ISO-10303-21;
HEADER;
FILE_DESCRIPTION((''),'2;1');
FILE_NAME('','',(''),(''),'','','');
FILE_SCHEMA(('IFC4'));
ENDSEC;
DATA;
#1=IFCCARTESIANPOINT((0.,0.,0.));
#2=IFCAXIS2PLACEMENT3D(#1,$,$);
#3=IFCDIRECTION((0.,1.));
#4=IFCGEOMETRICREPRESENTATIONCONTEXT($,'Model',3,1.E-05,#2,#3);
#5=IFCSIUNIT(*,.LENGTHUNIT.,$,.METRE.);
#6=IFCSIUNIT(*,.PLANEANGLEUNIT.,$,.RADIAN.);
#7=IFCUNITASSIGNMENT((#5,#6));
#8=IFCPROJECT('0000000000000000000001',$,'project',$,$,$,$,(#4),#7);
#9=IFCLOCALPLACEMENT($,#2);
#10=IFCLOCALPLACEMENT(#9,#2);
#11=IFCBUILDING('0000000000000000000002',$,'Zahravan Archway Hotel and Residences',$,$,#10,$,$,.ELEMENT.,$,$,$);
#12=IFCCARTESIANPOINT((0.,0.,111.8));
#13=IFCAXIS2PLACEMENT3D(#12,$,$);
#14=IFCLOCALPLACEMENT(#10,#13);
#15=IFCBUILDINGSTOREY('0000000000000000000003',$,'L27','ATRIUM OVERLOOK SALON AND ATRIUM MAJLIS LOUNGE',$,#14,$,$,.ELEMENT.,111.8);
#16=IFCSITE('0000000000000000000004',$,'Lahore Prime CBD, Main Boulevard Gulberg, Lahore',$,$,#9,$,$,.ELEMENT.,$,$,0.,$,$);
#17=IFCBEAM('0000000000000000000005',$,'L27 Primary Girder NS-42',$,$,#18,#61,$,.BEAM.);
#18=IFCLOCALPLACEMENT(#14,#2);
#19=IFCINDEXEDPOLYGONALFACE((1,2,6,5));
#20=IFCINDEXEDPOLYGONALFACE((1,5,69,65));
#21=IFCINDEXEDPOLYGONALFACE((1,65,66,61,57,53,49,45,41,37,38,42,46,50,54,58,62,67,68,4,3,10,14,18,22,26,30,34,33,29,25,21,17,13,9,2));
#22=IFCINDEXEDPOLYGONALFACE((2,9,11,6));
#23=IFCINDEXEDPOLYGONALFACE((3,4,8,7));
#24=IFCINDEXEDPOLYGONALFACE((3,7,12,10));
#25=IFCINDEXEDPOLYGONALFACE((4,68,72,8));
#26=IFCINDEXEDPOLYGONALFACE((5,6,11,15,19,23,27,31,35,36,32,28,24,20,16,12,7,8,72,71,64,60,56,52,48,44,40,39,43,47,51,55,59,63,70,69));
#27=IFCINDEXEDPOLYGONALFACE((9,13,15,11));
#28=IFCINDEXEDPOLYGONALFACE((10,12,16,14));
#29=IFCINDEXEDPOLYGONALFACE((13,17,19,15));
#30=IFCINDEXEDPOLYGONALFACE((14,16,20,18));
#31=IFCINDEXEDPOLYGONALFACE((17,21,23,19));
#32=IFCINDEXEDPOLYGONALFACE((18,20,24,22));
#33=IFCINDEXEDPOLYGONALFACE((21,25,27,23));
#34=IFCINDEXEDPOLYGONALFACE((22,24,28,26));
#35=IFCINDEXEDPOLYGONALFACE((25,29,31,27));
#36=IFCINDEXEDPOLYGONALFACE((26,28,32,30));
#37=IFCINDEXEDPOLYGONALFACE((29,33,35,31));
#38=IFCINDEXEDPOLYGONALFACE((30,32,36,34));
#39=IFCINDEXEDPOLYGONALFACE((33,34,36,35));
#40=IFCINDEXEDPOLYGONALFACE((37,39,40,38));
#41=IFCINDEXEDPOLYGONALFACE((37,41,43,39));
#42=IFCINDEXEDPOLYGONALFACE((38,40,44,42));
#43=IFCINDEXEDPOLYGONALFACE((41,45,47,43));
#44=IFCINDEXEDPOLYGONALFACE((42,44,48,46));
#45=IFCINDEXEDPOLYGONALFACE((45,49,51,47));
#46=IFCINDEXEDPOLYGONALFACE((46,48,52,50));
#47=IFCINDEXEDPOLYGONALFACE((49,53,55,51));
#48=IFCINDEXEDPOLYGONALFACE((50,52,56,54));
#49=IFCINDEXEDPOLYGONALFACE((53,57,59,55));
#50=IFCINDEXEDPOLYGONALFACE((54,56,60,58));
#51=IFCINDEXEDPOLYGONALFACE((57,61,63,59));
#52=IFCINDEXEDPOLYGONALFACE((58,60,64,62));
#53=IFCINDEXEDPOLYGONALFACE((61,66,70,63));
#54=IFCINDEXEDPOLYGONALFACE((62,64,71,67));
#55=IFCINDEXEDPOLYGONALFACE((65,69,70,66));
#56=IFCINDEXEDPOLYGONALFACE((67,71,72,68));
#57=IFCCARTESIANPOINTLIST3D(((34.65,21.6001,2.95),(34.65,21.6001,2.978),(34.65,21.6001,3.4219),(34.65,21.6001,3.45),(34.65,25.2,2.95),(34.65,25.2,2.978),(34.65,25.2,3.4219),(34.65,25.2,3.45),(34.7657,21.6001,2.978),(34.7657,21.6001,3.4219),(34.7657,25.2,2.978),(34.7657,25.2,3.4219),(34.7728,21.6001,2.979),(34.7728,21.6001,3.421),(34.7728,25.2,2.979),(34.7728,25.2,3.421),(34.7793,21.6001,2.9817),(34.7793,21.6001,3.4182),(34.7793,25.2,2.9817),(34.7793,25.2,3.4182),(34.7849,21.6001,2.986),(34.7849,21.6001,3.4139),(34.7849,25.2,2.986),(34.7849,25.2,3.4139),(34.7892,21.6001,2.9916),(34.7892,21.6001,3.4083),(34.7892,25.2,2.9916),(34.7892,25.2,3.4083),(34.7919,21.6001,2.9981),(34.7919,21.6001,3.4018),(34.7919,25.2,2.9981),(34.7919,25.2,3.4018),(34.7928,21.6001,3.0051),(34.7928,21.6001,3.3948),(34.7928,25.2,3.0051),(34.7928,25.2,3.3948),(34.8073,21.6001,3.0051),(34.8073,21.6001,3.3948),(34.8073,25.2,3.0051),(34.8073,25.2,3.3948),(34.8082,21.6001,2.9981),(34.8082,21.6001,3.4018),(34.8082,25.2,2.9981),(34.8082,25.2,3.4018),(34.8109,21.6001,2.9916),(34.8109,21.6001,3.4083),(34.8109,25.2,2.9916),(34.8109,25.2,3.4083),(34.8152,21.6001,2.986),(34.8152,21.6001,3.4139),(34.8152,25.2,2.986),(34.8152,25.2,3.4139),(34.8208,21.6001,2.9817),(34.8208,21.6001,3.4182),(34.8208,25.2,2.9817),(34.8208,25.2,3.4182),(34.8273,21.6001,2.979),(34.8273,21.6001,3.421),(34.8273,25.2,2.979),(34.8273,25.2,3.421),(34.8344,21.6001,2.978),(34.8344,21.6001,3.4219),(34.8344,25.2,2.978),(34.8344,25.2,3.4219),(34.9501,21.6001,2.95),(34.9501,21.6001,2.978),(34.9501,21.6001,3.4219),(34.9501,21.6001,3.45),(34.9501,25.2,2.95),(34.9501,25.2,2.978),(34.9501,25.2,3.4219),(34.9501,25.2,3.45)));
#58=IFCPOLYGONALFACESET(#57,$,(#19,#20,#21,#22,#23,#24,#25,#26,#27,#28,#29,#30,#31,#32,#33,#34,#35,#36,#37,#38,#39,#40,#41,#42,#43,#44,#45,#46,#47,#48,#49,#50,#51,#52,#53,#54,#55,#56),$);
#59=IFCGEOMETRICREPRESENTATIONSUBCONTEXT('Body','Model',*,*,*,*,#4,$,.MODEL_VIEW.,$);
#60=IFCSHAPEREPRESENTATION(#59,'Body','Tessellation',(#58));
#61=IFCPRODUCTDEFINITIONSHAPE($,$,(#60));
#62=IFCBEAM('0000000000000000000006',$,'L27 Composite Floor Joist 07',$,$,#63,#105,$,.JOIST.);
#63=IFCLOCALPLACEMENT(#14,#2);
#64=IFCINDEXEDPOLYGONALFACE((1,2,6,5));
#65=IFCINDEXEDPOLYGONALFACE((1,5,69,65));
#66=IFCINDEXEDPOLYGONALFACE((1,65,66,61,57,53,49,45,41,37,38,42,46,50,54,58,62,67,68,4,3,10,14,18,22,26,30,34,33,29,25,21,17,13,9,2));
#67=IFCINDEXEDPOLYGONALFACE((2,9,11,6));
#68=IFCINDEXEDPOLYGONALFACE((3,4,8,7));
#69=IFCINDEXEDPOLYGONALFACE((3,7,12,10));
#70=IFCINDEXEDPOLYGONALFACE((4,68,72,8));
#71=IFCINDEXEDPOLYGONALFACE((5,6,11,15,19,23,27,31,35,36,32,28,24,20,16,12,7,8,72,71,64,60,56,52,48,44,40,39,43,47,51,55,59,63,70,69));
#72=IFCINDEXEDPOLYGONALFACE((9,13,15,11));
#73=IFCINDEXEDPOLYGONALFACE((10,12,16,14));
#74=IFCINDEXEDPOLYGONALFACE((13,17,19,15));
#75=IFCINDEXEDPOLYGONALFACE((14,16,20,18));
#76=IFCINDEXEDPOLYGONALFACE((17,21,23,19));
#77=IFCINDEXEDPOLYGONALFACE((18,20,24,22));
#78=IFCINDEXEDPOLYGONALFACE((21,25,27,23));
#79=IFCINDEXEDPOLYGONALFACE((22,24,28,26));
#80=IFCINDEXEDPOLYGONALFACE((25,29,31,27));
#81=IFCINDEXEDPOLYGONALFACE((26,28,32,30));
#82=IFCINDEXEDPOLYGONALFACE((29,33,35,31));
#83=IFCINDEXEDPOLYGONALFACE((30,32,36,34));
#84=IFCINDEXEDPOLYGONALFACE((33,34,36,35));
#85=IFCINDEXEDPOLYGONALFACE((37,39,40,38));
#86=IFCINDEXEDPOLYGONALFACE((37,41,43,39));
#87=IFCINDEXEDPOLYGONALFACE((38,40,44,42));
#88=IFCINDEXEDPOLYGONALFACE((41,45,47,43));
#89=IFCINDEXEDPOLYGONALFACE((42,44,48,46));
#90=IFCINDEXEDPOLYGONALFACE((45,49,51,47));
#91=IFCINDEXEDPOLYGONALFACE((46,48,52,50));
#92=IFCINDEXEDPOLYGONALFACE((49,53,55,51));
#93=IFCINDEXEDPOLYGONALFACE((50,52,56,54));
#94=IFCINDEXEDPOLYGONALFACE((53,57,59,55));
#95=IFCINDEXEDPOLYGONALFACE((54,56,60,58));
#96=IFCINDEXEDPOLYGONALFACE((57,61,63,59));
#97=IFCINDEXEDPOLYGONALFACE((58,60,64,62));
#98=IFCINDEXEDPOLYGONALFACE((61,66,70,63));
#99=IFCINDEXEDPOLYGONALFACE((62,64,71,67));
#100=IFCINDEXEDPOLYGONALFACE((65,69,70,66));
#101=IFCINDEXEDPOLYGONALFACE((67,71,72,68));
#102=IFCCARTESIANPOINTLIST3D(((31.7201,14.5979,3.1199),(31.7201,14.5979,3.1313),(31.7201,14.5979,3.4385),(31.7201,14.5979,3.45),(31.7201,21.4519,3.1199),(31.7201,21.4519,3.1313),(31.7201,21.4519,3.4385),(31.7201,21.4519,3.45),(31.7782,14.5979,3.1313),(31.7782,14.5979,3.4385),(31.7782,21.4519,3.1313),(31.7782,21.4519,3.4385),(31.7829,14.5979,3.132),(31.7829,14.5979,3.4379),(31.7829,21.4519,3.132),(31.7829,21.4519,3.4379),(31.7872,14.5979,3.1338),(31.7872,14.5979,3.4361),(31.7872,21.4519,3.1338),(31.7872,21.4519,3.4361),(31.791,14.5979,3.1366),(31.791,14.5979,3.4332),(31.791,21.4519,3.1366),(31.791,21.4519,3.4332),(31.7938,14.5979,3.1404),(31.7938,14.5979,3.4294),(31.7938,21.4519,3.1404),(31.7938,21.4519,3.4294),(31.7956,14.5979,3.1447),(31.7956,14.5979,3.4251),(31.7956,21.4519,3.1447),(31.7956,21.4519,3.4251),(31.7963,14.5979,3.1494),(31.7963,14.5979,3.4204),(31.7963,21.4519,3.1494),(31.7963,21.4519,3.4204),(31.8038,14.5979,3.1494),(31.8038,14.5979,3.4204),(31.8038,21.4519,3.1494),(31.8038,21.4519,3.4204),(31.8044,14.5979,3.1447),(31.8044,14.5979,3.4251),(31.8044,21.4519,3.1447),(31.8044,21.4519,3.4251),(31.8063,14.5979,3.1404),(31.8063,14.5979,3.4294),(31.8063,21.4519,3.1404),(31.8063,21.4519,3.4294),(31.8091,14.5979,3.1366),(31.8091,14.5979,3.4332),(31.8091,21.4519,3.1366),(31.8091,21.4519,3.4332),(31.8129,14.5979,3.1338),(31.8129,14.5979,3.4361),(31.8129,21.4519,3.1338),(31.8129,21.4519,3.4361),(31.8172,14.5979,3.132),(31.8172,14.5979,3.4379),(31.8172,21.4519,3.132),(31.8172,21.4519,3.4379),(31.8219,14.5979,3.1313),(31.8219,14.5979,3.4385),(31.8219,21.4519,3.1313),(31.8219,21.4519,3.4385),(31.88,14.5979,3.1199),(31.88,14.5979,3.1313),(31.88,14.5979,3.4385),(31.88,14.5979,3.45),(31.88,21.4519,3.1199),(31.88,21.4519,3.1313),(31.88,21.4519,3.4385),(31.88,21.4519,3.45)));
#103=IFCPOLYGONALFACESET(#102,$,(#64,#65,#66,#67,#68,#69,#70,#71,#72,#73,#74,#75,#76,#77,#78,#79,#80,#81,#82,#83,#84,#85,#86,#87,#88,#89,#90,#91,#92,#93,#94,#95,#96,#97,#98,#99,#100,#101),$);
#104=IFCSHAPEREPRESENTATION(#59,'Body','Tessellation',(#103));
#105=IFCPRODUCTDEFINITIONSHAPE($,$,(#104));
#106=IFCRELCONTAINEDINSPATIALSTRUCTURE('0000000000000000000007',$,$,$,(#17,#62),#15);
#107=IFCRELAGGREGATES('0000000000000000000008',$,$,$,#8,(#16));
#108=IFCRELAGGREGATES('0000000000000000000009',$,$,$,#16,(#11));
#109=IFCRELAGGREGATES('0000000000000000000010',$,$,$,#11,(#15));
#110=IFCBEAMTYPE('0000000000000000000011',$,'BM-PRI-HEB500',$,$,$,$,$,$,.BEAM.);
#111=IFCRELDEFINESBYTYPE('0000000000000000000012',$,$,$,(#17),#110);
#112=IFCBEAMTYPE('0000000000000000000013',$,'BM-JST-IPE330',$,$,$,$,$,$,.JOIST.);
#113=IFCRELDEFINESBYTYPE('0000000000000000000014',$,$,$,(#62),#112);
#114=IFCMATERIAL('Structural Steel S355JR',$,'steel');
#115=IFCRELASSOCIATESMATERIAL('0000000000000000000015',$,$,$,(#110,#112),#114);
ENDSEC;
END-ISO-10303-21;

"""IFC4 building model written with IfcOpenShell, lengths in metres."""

from ifc_helpers import new_model, si_unit, direction, frame, origin, origin_2d, place, context, subcontext, project, spatial, i_section, extrude, source, transform, mapped, material, material_profile, profile_set, type_object, element, save


model = new_model("IFC4")

# Units and contexts
model_context = context("Model", 3, precision=1e-05, world=origin(), true_north=direction((0.0, 1.0)))
body_context = subcontext(model_context, "Body", "Model", "MODEL_VIEW")
ifc_project = project(units=[si_unit("LENGTHUNIT", "METRE"), si_unit("PLANEANGLEUNIT", "RADIAN")], contexts=[model_context])

# Site, building, storey
site_placement = place(None, origin())
site = spatial("IfcSite", under=ifc_project, at=site_placement, Name="Lahore Prime CBD, Main Boulevard Gulberg, Lahore", CompositionType="ELEMENT", RefElevation=0.0)
building_placement = place(site_placement, origin())
building = spatial("IfcBuilding", under=site, at=building_placement, Name="Zahravan Archway Hotel and Residences", CompositionType="ELEMENT")
storey_placement = place(building_placement, frame((0.0, 0.0, 111.8)))
storey = spatial("IfcBuildingStorey", under=building, at=storey_placement, Name="L27", Description="ATRIUM OVERLOOK SALON AND ATRIUM MAJLIS LOUNGE", CompositionType="ELEMENT", Elevation=111.8)

# Beams
ifc_material_1 = material(Name="Structural Steel S355JR", Category="steel")
ifc_material_profile_1 = material_profile(ifc_material_1, i_section(OverallWidth=0.3, OverallDepth=0.5, WebThickness=0.0144, FlangeThickness=0.0281, FilletRadius=0.0271, at=origin_2d()), Name="HEB 500", Category="steel")
ifc_profile_set_1 = profile_set([ifc_material_profile_1], Name="Structural Steel S355JR")
beam_type_1 = type_object("IfcBeamType", Name="BM-PRI-HEB500", PredefinedType="BEAM", material=ifc_profile_set_1)
shared_shape_1 = source(origin(), body_context, "Body", "SweptSolid", [
    extrude(i_section(OverallWidth=0.3, OverallDepth=0.5, WebThickness=0.0144, FlangeThickness=0.0281, FilletRadius=0.0271, at=origin_2d()), origin(), (0.0, 0.0, 1.0), 3.5999),
])
beam_1_placement = place(storey_placement, frame((34.8, 21.6001, 3.2), z_axis=(0.0, 1.0, 0.0), x_axis=(-1.0, 0.0, 0.0)))
element("IfcBeam", 1, at=beam_1_placement, inside=storey, type_object=beam_type_1, Name="L27 Primary Girder NS-42", PredefinedType="BEAM", context=body_context, shape_type="MappedRepresentation", body=[
    mapped(shared_shape_1, transform((0.0, 0.0, 0.0), scale=1.0)),
])
ifc_material_profile_2 = material_profile(ifc_material_1, i_section(OverallWidth=0.1599, OverallDepth=0.3301, WebThickness=0.0076, FlangeThickness=0.0115, FilletRadius=0.0181, at=origin_2d()), Name="IPE 330", Category="steel")
ifc_profile_set_2 = profile_set([ifc_material_profile_2], Name="Structural Steel S355JR")
beam_type_2 = type_object("IfcBeamType", Name="BM-JST-IPE330", PredefinedType="JOIST", material=ifc_profile_set_2)
shared_shape_2 = source(origin(), body_context, "Body", "SweptSolid", [
    extrude(i_section(OverallWidth=0.1599, OverallDepth=0.3301, WebThickness=0.0076, FlangeThickness=0.0115, FilletRadius=0.0181, at=origin_2d()), origin(), (0.0, 0.0, 1.0), 6.854),
])
beam_2_placement = place(storey_placement, frame((31.8, 14.5979, 3.2849), z_axis=(0.0, 1.0, 0.0), x_axis=(-1.0, 0.0, 0.0)))
element("IfcBeam", 2, at=beam_2_placement, inside=storey, type_object=beam_type_2, Name="L27 Composite Floor Joist 07", PredefinedType="JOIST", context=body_context, shape_type="MappedRepresentation", body=[
    mapped(shared_shape_2, transform((0.0, 0.0, 0.0), scale=1.0)),
])

save(model, "model.ifc")
